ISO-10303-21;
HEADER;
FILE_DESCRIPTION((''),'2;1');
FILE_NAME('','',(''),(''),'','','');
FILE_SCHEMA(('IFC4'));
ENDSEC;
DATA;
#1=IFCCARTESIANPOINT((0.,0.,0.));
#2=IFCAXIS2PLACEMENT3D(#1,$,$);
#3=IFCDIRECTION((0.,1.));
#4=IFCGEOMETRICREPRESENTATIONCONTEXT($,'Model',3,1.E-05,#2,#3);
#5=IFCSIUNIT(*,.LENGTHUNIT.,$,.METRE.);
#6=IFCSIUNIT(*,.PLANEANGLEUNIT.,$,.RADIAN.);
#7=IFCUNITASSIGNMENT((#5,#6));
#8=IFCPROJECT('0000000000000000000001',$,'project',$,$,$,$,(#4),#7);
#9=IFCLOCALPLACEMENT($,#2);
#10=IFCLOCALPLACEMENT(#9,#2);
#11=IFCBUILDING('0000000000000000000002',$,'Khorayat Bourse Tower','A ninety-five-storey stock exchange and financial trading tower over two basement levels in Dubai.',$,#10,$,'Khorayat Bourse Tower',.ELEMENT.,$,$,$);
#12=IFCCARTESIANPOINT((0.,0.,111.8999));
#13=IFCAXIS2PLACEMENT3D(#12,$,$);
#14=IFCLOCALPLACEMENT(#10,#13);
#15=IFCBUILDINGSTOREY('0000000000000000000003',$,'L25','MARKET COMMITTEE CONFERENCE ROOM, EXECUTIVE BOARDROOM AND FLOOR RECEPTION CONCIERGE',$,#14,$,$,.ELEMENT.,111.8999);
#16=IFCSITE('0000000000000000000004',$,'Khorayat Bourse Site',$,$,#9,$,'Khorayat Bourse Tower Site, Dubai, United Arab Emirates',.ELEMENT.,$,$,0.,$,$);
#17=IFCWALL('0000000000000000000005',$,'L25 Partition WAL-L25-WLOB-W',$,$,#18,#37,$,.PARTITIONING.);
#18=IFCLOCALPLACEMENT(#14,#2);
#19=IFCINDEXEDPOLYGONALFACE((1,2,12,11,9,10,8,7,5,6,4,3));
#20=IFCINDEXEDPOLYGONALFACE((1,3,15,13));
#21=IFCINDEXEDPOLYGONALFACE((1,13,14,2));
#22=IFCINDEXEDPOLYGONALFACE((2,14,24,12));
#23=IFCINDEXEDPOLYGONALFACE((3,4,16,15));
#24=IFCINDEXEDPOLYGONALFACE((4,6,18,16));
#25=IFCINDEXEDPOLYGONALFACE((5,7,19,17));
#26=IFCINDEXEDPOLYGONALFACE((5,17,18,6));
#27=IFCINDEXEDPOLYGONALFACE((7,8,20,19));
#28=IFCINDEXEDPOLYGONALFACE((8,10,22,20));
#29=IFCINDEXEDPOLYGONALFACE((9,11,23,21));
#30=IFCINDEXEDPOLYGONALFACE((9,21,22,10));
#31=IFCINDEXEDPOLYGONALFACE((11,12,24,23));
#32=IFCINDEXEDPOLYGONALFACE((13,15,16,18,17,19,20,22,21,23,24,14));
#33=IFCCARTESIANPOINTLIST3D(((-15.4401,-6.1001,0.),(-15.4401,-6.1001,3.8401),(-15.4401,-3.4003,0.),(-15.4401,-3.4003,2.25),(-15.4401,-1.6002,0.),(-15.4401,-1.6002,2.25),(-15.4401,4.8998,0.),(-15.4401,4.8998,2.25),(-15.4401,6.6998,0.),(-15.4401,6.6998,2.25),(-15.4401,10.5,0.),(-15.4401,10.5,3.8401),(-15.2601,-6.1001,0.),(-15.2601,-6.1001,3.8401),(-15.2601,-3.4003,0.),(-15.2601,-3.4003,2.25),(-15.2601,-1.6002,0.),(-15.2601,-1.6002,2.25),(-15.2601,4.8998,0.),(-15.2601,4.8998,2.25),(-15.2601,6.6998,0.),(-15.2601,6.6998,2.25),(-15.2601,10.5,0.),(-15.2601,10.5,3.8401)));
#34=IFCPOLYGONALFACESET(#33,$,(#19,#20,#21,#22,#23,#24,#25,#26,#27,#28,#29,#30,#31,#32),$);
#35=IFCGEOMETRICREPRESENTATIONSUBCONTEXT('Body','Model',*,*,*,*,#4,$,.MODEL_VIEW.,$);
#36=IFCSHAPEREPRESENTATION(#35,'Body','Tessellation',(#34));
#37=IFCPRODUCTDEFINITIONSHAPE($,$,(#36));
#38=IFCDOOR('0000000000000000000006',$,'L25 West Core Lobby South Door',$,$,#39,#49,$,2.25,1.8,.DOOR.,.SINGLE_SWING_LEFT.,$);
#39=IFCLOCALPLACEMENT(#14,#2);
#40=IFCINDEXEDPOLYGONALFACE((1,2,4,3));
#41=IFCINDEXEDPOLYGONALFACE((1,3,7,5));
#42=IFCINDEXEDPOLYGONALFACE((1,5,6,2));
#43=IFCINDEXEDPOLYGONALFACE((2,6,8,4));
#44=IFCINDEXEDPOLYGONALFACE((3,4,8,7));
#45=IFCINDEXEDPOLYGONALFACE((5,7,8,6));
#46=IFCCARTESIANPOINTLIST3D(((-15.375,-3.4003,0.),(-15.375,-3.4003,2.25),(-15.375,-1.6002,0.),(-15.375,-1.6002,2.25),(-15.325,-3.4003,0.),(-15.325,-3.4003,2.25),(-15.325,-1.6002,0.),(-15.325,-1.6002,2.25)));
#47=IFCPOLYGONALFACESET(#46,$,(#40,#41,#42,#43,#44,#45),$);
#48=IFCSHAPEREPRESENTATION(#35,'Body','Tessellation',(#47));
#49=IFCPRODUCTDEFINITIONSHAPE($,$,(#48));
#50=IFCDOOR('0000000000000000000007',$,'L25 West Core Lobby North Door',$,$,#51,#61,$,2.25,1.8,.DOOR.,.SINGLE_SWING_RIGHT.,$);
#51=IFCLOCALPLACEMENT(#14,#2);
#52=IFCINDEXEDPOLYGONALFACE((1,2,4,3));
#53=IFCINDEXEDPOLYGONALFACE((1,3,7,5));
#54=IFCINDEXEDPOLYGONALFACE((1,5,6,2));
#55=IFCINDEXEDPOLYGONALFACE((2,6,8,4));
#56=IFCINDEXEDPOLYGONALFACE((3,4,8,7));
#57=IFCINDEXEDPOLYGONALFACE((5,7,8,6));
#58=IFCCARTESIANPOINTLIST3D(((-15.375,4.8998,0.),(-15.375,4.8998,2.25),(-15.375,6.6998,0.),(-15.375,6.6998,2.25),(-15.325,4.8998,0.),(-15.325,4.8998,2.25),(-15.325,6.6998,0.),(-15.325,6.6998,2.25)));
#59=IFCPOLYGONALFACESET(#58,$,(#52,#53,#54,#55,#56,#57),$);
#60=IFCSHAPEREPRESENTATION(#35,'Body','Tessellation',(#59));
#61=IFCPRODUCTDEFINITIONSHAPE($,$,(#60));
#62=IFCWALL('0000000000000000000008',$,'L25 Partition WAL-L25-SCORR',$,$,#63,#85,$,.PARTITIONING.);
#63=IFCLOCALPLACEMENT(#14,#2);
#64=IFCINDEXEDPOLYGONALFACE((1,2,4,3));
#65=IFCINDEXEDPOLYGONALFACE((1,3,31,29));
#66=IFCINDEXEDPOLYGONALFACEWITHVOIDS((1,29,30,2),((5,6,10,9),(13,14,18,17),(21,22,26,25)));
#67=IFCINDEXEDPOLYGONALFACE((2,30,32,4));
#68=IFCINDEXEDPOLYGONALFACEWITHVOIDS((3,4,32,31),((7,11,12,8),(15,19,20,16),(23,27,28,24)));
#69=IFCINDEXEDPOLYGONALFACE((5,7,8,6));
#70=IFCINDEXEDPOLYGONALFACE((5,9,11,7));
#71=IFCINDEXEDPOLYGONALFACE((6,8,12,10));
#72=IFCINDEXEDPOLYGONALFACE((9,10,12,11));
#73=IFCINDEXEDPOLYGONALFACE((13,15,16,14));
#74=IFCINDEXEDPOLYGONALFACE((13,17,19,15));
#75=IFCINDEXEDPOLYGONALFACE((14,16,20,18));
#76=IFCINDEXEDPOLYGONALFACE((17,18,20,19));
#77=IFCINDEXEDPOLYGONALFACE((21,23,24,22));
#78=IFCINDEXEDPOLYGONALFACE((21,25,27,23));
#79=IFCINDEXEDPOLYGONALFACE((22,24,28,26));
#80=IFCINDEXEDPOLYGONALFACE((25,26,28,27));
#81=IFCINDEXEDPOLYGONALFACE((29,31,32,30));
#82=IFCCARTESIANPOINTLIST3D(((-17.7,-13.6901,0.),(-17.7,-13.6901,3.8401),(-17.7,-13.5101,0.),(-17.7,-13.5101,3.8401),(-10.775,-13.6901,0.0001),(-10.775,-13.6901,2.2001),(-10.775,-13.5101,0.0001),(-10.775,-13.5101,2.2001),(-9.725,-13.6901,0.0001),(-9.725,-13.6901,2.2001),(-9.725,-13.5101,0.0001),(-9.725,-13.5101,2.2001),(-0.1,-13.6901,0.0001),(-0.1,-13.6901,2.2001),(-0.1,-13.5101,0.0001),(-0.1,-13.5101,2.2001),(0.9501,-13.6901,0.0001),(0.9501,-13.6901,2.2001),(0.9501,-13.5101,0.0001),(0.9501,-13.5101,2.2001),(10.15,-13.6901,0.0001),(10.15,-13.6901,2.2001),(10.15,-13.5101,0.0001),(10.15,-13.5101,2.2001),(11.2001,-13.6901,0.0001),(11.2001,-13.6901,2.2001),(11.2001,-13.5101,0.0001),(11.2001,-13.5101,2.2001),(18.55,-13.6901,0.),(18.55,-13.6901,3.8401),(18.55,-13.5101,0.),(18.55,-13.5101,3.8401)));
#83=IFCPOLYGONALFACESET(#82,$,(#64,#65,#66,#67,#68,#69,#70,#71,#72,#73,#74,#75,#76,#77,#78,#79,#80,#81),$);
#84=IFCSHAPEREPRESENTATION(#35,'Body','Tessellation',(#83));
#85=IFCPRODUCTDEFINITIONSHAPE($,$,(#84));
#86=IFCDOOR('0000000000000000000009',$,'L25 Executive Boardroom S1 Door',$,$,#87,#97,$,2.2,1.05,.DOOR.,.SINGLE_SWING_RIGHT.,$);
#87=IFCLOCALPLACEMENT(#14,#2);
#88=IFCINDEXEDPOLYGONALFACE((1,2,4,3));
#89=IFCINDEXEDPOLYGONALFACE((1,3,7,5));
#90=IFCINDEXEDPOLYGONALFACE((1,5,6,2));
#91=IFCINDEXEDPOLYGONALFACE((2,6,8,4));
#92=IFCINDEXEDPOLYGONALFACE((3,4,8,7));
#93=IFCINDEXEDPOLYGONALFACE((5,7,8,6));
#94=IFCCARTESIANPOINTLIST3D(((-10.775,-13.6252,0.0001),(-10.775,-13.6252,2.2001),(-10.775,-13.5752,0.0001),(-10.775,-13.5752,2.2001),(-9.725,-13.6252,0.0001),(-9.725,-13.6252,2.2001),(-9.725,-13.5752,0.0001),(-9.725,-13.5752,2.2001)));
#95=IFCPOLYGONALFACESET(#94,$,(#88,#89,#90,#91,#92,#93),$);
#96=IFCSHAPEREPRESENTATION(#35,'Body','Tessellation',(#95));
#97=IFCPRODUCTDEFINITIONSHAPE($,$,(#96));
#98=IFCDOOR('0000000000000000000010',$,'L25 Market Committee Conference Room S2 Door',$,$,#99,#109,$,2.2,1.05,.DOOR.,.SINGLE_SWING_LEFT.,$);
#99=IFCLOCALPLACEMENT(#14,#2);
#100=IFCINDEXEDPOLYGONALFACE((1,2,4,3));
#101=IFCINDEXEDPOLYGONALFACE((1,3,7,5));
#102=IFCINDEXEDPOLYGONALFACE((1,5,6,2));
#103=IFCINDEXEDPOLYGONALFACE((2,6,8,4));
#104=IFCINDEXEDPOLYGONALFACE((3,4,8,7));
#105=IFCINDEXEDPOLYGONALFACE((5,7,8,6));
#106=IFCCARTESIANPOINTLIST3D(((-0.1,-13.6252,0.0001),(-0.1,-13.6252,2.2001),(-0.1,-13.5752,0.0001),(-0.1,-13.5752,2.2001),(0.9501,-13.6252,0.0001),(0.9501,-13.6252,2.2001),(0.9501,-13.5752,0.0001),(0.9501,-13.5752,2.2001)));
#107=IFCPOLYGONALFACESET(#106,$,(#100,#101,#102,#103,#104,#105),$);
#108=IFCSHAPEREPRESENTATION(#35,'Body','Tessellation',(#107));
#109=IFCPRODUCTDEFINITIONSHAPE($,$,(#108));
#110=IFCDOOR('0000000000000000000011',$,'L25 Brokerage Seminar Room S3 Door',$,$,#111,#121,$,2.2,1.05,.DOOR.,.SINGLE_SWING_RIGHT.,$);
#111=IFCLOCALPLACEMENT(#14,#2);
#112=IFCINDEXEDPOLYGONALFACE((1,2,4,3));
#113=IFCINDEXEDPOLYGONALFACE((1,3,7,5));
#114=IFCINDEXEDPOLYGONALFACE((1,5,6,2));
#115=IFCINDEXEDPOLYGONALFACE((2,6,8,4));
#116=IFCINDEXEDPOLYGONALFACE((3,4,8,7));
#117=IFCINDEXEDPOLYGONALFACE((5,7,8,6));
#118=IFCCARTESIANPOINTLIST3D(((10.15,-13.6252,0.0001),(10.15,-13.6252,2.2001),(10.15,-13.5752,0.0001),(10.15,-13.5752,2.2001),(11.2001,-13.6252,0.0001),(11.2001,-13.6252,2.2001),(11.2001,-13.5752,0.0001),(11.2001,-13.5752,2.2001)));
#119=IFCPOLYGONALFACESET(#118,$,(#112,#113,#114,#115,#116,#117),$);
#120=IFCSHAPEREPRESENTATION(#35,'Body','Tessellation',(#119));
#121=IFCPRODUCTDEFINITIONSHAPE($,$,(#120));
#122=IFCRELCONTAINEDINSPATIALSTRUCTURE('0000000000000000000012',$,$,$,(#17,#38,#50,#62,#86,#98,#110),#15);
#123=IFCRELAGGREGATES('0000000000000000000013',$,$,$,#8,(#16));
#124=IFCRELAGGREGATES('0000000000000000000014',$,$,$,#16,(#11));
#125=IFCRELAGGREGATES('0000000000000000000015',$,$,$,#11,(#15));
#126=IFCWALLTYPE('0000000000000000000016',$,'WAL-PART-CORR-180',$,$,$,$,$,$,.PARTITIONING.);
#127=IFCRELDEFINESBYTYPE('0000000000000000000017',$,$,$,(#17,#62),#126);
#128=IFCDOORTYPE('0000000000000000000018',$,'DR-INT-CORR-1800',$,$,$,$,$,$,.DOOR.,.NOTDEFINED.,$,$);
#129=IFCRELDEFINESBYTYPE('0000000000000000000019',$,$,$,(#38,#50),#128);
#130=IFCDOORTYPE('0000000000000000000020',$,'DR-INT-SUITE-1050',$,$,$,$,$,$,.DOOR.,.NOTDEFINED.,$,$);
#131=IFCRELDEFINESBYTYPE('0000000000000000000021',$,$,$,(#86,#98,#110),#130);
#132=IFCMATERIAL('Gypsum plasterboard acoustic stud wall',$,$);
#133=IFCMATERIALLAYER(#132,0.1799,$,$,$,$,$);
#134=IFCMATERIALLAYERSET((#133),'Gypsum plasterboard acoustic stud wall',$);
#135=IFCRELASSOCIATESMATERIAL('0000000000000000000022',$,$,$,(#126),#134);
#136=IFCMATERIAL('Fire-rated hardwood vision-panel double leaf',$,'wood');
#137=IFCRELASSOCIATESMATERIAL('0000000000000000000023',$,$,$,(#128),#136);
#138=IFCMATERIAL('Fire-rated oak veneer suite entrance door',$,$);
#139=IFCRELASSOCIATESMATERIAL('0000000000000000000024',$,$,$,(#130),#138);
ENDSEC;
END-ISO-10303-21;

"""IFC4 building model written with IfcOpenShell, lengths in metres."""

from ifc_helpers import new_model, si_unit, direction, frame, frame_2d, origin, place, context, subcontext, project, spatial, rectangle, extrude, source, transform, mapped, material, layer, layer_set, type_object, element, fill, save


model = new_model("IFC4")

# Units and contexts
model_context = context("Model", 3, precision=1e-05, world=origin(), true_north=direction((0.0, 1.0)))
body_context = subcontext(model_context, "Body", "Model", "MODEL_VIEW")
ifc_project = project(units=[si_unit("LENGTHUNIT", "METRE"), si_unit("PLANEANGLEUNIT", "RADIAN")], contexts=[model_context])

# Site, building, storey
site_placement = place(None, origin())
site = spatial("IfcSite", under=ifc_project, at=site_placement, Name="Khorayat Bourse Site", LongName="Khorayat Bourse Tower Site, Dubai, United Arab Emirates", CompositionType="ELEMENT", RefElevation=0.0)
building_placement = place(site_placement, origin())
building = spatial("IfcBuilding", under=site, at=building_placement, Name="Khorayat Bourse Tower", Description="A ninety-five-storey stock exchange and financial trading tower over two basement levels in Dubai.", LongName="Khorayat Bourse Tower", CompositionType="ELEMENT")
storey_placement = place(building_placement, frame((0.0, 0.0, 111.8999)))
storey = spatial("IfcBuildingStorey", under=building, at=storey_placement, Name="L25", Description="MARKET COMMITTEE CONFERENCE ROOM, EXECUTIVE BOARDROOM AND FLOOR RECEPTION CONCIERGE", CompositionType="ELEMENT", Elevation=111.8999)

# Walls, openings, doors
ifc_material_1 = material(Name="Gypsum plasterboard acoustic stud wall")
ifc_layer_1 = layer(ifc_material_1, 0.1799)
ifc_layer_set_1 = layer_set([ifc_layer_1], Name="Gypsum plasterboard acoustic stud wall")
wall_type_1 = type_object("IfcWallType", Name="WAL-PART-CORR-180", PredefinedType="PARTITIONING", material=ifc_layer_set_1)
shared_shape_1 = source(origin(), body_context, "Body", "SweptSolid", [
    extrude(rectangle(XDim=16.6001, YDim=0.1799, at=frame_2d((8.3, 0.0))), origin(), (0.0, 0.0, 1.0), 3.8401),
])
wall_1_placement = place(storey_placement, frame((-15.3501, -6.1001, 0.0), z_axis=(0.0, 0.0, 1.0), x_axis=(0.0, 1.0, 0.0)))
wall_1 = element("IfcWall", 1, at=wall_1_placement, inside=storey, type_object=wall_type_1, Name="L25 Partition WAL-L25-WLOB-W", PredefinedType="PARTITIONING", context=body_context, shape_type="MappedRepresentation", body=[
    mapped(shared_shape_1, transform((0.0, 0.0, 0.0), scale=1.0)),
])
shared_shape_2 = source(origin(), body_context, "Body", "SweptSolid", [
    extrude(rectangle(XDim=1.8, YDim=2.25, at=frame_2d((0.8999, 1.125))), frame((0.0, 0.0999, 0.0), z_axis=(0.0, -1.0, 0.0), x_axis=(1.0, 0.0, 0.0)), (0.0, 0.0, 1.0), 0.2),
])
opening_1_placement = place(wall_1_placement, frame((2.7, 0.0, 0.0)))
opening_1 = element("IfcOpeningElement", 2, at=opening_1_placement, cuts=wall_1, PredefinedType="OPENING", context=body_context, shape_type="MappedRepresentation", body=[
    mapped(shared_shape_2, transform((0.0, 0.0, 0.0), scale=1.0)),
])
opening_2_placement = place(wall_1_placement, frame((11.0, 0.0, 0.0)))
opening_2 = element("IfcOpeningElement", 3, at=opening_2_placement, cuts=wall_1, PredefinedType="OPENING", context=body_context, shape_type="MappedRepresentation", body=[
    mapped(shared_shape_2, transform((0.0, 0.0, 0.0), scale=1.0)),
])
ifc_material_2 = material(Name="Fire-rated hardwood vision-panel double leaf", Category="wood")
door_type_1 = type_object("IfcDoorType", Name="DR-INT-CORR-1800", OperationType="NOTDEFINED", PredefinedType="DOOR", material=ifc_material_2)
shared_shape_3 = source(origin(), body_context, "Body", "SweptSolid", [
    extrude(rectangle(XDim=1.8, YDim=2.25, at=frame_2d((0.8999, 1.125))), frame((0.0, 0.0249, 0.0), z_axis=(0.0, -1.0, 0.0), x_axis=(1.0, 0.0, 0.0)), (0.0, 0.0, 1.0), 0.05),
])
door_1_placement = place(opening_1_placement, origin())
door_1 = element("IfcDoor", 4, at=door_1_placement, inside=storey, type_object=door_type_1, Name="L25 West Core Lobby South Door", OperationType="SINGLE_SWING_LEFT", OverallHeight=2.25, OverallWidth=1.8, PredefinedType="DOOR", context=body_context, shape_type="MappedRepresentation", body=[
    mapped(shared_shape_3, transform((0.0, 0.0, 0.0), scale=1.0)),
])
fill(opening_1, door_1)
door_2_placement = place(opening_2_placement, origin())
door_2 = element("IfcDoor", 5, at=door_2_placement, inside=storey, type_object=door_type_1, Name="L25 West Core Lobby North Door", OperationType="SINGLE_SWING_RIGHT", OverallHeight=2.25, OverallWidth=1.8, PredefinedType="DOOR", context=body_context, shape_type="MappedRepresentation", body=[
    mapped(shared_shape_3, transform((0.0, 0.0, 0.0), scale=1.0)),
])
fill(opening_2, door_2)
shared_shape_4 = source(origin(), body_context, "Body", "SweptSolid", [
    extrude(rectangle(XDim=36.25, YDim=0.1799, at=frame_2d((18.125, 0.0))), origin(), (0.0, 0.0, 1.0), 3.8401),
])
wall_2_placement = place(storey_placement, frame((-17.7, -13.6001, 0.0), z_axis=(0.0, 0.0, 1.0), x_axis=(1.0, 0.0, 0.0)))
wall_2 = element("IfcWall", 6, at=wall_2_placement, inside=storey, type_object=wall_type_1, Name="L25 Partition WAL-L25-SCORR", PredefinedType="PARTITIONING", context=body_context, shape_type="MappedRepresentation", body=[
    mapped(shared_shape_4, transform((0.0, 0.0, 0.0), scale=1.0)),
])
shared_shape_5 = source(origin(), body_context, "Body", "SweptSolid", [
    extrude(rectangle(XDim=1.05, YDim=2.2, at=frame_2d((0.5249, 1.1001))), frame((0.0, 0.0999, 0.0), z_axis=(0.0, -1.0, 0.0), x_axis=(1.0, 0.0, 0.0)), (0.0, 0.0, 1.0), 0.2),
])
opening_3_placement = place(wall_2_placement, frame((6.925, 0.0, 0.0)))
opening_3 = element("IfcOpeningElement", 7, at=opening_3_placement, cuts=wall_2, PredefinedType="OPENING", context=body_context, shape_type="MappedRepresentation", body=[
    mapped(shared_shape_5, transform((0.0, 0.0, 0.0), scale=1.0)),
])
opening_4_placement = place(wall_2_placement, frame((17.6001, 0.0, 0.0)))
opening_4 = element("IfcOpeningElement", 8, at=opening_4_placement, cuts=wall_2, PredefinedType="OPENING", context=body_context, shape_type="MappedRepresentation", body=[
    mapped(shared_shape_5, transform((0.0, 0.0, 0.0), scale=1.0)),
])
opening_5_placement = place(wall_2_placement, frame((27.8501, 0.0, 0.0)))
opening_5 = element("IfcOpeningElement", 9, at=opening_5_placement, cuts=wall_2, PredefinedType="OPENING", context=body_context, shape_type="MappedRepresentation", body=[
    mapped(shared_shape_5, transform((0.0, 0.0, 0.0), scale=1.0)),
])
ifc_material_3 = material(Name="Fire-rated oak veneer suite entrance door")
door_type_2 = type_object("IfcDoorType", Name="DR-INT-SUITE-1050", OperationType="NOTDEFINED", PredefinedType="DOOR", material=ifc_material_3)
shared_shape_6 = source(origin(), body_context, "Body", "SweptSolid", [
    extrude(rectangle(XDim=1.05, YDim=2.2, at=frame_2d((0.5249, 1.1001))), frame((0.0, 0.0249, 0.0), z_axis=(0.0, -1.0, 0.0), x_axis=(1.0, 0.0, 0.0)), (0.0, 0.0, 1.0), 0.05),
])
door_3_placement = place(opening_3_placement, origin())
door_3 = element("IfcDoor", 10, at=door_3_placement, inside=storey, type_object=door_type_2, Name="L25 Executive Boardroom S1 Door", OperationType="SINGLE_SWING_RIGHT", OverallHeight=2.2, OverallWidth=1.05, PredefinedType="DOOR", context=body_context, shape_type="MappedRepresentation", body=[
    mapped(shared_shape_6, transform((0.0, 0.0, 0.0), scale=1.0)),
])
fill(opening_3, door_3)
door_4_placement = place(opening_4_placement, origin())
door_4 = element("IfcDoor", 11, at=door_4_placement, inside=storey, type_object=door_type_2, Name="L25 Market Committee Conference Room S2 Door", OperationType="SINGLE_SWING_LEFT", OverallHeight=2.2, OverallWidth=1.05, PredefinedType="DOOR", context=body_context, shape_type="MappedRepresentation", body=[
    mapped(shared_shape_6, transform((0.0, 0.0, 0.0), scale=1.0)),
])
fill(opening_4, door_4)
door_5_placement = place(opening_5_placement, origin())
door_5 = element("IfcDoor", 12, at=door_5_placement, inside=storey, type_object=door_type_2, Name="L25 Brokerage Seminar Room S3 Door", OperationType="SINGLE_SWING_RIGHT", OverallHeight=2.2, OverallWidth=1.05, PredefinedType="DOOR", context=body_context, shape_type="MappedRepresentation", body=[
    mapped(shared_shape_6, transform((0.0, 0.0, 0.0), scale=1.0)),
])
fill(opening_5, door_5)

save(model, "model.ifc")
